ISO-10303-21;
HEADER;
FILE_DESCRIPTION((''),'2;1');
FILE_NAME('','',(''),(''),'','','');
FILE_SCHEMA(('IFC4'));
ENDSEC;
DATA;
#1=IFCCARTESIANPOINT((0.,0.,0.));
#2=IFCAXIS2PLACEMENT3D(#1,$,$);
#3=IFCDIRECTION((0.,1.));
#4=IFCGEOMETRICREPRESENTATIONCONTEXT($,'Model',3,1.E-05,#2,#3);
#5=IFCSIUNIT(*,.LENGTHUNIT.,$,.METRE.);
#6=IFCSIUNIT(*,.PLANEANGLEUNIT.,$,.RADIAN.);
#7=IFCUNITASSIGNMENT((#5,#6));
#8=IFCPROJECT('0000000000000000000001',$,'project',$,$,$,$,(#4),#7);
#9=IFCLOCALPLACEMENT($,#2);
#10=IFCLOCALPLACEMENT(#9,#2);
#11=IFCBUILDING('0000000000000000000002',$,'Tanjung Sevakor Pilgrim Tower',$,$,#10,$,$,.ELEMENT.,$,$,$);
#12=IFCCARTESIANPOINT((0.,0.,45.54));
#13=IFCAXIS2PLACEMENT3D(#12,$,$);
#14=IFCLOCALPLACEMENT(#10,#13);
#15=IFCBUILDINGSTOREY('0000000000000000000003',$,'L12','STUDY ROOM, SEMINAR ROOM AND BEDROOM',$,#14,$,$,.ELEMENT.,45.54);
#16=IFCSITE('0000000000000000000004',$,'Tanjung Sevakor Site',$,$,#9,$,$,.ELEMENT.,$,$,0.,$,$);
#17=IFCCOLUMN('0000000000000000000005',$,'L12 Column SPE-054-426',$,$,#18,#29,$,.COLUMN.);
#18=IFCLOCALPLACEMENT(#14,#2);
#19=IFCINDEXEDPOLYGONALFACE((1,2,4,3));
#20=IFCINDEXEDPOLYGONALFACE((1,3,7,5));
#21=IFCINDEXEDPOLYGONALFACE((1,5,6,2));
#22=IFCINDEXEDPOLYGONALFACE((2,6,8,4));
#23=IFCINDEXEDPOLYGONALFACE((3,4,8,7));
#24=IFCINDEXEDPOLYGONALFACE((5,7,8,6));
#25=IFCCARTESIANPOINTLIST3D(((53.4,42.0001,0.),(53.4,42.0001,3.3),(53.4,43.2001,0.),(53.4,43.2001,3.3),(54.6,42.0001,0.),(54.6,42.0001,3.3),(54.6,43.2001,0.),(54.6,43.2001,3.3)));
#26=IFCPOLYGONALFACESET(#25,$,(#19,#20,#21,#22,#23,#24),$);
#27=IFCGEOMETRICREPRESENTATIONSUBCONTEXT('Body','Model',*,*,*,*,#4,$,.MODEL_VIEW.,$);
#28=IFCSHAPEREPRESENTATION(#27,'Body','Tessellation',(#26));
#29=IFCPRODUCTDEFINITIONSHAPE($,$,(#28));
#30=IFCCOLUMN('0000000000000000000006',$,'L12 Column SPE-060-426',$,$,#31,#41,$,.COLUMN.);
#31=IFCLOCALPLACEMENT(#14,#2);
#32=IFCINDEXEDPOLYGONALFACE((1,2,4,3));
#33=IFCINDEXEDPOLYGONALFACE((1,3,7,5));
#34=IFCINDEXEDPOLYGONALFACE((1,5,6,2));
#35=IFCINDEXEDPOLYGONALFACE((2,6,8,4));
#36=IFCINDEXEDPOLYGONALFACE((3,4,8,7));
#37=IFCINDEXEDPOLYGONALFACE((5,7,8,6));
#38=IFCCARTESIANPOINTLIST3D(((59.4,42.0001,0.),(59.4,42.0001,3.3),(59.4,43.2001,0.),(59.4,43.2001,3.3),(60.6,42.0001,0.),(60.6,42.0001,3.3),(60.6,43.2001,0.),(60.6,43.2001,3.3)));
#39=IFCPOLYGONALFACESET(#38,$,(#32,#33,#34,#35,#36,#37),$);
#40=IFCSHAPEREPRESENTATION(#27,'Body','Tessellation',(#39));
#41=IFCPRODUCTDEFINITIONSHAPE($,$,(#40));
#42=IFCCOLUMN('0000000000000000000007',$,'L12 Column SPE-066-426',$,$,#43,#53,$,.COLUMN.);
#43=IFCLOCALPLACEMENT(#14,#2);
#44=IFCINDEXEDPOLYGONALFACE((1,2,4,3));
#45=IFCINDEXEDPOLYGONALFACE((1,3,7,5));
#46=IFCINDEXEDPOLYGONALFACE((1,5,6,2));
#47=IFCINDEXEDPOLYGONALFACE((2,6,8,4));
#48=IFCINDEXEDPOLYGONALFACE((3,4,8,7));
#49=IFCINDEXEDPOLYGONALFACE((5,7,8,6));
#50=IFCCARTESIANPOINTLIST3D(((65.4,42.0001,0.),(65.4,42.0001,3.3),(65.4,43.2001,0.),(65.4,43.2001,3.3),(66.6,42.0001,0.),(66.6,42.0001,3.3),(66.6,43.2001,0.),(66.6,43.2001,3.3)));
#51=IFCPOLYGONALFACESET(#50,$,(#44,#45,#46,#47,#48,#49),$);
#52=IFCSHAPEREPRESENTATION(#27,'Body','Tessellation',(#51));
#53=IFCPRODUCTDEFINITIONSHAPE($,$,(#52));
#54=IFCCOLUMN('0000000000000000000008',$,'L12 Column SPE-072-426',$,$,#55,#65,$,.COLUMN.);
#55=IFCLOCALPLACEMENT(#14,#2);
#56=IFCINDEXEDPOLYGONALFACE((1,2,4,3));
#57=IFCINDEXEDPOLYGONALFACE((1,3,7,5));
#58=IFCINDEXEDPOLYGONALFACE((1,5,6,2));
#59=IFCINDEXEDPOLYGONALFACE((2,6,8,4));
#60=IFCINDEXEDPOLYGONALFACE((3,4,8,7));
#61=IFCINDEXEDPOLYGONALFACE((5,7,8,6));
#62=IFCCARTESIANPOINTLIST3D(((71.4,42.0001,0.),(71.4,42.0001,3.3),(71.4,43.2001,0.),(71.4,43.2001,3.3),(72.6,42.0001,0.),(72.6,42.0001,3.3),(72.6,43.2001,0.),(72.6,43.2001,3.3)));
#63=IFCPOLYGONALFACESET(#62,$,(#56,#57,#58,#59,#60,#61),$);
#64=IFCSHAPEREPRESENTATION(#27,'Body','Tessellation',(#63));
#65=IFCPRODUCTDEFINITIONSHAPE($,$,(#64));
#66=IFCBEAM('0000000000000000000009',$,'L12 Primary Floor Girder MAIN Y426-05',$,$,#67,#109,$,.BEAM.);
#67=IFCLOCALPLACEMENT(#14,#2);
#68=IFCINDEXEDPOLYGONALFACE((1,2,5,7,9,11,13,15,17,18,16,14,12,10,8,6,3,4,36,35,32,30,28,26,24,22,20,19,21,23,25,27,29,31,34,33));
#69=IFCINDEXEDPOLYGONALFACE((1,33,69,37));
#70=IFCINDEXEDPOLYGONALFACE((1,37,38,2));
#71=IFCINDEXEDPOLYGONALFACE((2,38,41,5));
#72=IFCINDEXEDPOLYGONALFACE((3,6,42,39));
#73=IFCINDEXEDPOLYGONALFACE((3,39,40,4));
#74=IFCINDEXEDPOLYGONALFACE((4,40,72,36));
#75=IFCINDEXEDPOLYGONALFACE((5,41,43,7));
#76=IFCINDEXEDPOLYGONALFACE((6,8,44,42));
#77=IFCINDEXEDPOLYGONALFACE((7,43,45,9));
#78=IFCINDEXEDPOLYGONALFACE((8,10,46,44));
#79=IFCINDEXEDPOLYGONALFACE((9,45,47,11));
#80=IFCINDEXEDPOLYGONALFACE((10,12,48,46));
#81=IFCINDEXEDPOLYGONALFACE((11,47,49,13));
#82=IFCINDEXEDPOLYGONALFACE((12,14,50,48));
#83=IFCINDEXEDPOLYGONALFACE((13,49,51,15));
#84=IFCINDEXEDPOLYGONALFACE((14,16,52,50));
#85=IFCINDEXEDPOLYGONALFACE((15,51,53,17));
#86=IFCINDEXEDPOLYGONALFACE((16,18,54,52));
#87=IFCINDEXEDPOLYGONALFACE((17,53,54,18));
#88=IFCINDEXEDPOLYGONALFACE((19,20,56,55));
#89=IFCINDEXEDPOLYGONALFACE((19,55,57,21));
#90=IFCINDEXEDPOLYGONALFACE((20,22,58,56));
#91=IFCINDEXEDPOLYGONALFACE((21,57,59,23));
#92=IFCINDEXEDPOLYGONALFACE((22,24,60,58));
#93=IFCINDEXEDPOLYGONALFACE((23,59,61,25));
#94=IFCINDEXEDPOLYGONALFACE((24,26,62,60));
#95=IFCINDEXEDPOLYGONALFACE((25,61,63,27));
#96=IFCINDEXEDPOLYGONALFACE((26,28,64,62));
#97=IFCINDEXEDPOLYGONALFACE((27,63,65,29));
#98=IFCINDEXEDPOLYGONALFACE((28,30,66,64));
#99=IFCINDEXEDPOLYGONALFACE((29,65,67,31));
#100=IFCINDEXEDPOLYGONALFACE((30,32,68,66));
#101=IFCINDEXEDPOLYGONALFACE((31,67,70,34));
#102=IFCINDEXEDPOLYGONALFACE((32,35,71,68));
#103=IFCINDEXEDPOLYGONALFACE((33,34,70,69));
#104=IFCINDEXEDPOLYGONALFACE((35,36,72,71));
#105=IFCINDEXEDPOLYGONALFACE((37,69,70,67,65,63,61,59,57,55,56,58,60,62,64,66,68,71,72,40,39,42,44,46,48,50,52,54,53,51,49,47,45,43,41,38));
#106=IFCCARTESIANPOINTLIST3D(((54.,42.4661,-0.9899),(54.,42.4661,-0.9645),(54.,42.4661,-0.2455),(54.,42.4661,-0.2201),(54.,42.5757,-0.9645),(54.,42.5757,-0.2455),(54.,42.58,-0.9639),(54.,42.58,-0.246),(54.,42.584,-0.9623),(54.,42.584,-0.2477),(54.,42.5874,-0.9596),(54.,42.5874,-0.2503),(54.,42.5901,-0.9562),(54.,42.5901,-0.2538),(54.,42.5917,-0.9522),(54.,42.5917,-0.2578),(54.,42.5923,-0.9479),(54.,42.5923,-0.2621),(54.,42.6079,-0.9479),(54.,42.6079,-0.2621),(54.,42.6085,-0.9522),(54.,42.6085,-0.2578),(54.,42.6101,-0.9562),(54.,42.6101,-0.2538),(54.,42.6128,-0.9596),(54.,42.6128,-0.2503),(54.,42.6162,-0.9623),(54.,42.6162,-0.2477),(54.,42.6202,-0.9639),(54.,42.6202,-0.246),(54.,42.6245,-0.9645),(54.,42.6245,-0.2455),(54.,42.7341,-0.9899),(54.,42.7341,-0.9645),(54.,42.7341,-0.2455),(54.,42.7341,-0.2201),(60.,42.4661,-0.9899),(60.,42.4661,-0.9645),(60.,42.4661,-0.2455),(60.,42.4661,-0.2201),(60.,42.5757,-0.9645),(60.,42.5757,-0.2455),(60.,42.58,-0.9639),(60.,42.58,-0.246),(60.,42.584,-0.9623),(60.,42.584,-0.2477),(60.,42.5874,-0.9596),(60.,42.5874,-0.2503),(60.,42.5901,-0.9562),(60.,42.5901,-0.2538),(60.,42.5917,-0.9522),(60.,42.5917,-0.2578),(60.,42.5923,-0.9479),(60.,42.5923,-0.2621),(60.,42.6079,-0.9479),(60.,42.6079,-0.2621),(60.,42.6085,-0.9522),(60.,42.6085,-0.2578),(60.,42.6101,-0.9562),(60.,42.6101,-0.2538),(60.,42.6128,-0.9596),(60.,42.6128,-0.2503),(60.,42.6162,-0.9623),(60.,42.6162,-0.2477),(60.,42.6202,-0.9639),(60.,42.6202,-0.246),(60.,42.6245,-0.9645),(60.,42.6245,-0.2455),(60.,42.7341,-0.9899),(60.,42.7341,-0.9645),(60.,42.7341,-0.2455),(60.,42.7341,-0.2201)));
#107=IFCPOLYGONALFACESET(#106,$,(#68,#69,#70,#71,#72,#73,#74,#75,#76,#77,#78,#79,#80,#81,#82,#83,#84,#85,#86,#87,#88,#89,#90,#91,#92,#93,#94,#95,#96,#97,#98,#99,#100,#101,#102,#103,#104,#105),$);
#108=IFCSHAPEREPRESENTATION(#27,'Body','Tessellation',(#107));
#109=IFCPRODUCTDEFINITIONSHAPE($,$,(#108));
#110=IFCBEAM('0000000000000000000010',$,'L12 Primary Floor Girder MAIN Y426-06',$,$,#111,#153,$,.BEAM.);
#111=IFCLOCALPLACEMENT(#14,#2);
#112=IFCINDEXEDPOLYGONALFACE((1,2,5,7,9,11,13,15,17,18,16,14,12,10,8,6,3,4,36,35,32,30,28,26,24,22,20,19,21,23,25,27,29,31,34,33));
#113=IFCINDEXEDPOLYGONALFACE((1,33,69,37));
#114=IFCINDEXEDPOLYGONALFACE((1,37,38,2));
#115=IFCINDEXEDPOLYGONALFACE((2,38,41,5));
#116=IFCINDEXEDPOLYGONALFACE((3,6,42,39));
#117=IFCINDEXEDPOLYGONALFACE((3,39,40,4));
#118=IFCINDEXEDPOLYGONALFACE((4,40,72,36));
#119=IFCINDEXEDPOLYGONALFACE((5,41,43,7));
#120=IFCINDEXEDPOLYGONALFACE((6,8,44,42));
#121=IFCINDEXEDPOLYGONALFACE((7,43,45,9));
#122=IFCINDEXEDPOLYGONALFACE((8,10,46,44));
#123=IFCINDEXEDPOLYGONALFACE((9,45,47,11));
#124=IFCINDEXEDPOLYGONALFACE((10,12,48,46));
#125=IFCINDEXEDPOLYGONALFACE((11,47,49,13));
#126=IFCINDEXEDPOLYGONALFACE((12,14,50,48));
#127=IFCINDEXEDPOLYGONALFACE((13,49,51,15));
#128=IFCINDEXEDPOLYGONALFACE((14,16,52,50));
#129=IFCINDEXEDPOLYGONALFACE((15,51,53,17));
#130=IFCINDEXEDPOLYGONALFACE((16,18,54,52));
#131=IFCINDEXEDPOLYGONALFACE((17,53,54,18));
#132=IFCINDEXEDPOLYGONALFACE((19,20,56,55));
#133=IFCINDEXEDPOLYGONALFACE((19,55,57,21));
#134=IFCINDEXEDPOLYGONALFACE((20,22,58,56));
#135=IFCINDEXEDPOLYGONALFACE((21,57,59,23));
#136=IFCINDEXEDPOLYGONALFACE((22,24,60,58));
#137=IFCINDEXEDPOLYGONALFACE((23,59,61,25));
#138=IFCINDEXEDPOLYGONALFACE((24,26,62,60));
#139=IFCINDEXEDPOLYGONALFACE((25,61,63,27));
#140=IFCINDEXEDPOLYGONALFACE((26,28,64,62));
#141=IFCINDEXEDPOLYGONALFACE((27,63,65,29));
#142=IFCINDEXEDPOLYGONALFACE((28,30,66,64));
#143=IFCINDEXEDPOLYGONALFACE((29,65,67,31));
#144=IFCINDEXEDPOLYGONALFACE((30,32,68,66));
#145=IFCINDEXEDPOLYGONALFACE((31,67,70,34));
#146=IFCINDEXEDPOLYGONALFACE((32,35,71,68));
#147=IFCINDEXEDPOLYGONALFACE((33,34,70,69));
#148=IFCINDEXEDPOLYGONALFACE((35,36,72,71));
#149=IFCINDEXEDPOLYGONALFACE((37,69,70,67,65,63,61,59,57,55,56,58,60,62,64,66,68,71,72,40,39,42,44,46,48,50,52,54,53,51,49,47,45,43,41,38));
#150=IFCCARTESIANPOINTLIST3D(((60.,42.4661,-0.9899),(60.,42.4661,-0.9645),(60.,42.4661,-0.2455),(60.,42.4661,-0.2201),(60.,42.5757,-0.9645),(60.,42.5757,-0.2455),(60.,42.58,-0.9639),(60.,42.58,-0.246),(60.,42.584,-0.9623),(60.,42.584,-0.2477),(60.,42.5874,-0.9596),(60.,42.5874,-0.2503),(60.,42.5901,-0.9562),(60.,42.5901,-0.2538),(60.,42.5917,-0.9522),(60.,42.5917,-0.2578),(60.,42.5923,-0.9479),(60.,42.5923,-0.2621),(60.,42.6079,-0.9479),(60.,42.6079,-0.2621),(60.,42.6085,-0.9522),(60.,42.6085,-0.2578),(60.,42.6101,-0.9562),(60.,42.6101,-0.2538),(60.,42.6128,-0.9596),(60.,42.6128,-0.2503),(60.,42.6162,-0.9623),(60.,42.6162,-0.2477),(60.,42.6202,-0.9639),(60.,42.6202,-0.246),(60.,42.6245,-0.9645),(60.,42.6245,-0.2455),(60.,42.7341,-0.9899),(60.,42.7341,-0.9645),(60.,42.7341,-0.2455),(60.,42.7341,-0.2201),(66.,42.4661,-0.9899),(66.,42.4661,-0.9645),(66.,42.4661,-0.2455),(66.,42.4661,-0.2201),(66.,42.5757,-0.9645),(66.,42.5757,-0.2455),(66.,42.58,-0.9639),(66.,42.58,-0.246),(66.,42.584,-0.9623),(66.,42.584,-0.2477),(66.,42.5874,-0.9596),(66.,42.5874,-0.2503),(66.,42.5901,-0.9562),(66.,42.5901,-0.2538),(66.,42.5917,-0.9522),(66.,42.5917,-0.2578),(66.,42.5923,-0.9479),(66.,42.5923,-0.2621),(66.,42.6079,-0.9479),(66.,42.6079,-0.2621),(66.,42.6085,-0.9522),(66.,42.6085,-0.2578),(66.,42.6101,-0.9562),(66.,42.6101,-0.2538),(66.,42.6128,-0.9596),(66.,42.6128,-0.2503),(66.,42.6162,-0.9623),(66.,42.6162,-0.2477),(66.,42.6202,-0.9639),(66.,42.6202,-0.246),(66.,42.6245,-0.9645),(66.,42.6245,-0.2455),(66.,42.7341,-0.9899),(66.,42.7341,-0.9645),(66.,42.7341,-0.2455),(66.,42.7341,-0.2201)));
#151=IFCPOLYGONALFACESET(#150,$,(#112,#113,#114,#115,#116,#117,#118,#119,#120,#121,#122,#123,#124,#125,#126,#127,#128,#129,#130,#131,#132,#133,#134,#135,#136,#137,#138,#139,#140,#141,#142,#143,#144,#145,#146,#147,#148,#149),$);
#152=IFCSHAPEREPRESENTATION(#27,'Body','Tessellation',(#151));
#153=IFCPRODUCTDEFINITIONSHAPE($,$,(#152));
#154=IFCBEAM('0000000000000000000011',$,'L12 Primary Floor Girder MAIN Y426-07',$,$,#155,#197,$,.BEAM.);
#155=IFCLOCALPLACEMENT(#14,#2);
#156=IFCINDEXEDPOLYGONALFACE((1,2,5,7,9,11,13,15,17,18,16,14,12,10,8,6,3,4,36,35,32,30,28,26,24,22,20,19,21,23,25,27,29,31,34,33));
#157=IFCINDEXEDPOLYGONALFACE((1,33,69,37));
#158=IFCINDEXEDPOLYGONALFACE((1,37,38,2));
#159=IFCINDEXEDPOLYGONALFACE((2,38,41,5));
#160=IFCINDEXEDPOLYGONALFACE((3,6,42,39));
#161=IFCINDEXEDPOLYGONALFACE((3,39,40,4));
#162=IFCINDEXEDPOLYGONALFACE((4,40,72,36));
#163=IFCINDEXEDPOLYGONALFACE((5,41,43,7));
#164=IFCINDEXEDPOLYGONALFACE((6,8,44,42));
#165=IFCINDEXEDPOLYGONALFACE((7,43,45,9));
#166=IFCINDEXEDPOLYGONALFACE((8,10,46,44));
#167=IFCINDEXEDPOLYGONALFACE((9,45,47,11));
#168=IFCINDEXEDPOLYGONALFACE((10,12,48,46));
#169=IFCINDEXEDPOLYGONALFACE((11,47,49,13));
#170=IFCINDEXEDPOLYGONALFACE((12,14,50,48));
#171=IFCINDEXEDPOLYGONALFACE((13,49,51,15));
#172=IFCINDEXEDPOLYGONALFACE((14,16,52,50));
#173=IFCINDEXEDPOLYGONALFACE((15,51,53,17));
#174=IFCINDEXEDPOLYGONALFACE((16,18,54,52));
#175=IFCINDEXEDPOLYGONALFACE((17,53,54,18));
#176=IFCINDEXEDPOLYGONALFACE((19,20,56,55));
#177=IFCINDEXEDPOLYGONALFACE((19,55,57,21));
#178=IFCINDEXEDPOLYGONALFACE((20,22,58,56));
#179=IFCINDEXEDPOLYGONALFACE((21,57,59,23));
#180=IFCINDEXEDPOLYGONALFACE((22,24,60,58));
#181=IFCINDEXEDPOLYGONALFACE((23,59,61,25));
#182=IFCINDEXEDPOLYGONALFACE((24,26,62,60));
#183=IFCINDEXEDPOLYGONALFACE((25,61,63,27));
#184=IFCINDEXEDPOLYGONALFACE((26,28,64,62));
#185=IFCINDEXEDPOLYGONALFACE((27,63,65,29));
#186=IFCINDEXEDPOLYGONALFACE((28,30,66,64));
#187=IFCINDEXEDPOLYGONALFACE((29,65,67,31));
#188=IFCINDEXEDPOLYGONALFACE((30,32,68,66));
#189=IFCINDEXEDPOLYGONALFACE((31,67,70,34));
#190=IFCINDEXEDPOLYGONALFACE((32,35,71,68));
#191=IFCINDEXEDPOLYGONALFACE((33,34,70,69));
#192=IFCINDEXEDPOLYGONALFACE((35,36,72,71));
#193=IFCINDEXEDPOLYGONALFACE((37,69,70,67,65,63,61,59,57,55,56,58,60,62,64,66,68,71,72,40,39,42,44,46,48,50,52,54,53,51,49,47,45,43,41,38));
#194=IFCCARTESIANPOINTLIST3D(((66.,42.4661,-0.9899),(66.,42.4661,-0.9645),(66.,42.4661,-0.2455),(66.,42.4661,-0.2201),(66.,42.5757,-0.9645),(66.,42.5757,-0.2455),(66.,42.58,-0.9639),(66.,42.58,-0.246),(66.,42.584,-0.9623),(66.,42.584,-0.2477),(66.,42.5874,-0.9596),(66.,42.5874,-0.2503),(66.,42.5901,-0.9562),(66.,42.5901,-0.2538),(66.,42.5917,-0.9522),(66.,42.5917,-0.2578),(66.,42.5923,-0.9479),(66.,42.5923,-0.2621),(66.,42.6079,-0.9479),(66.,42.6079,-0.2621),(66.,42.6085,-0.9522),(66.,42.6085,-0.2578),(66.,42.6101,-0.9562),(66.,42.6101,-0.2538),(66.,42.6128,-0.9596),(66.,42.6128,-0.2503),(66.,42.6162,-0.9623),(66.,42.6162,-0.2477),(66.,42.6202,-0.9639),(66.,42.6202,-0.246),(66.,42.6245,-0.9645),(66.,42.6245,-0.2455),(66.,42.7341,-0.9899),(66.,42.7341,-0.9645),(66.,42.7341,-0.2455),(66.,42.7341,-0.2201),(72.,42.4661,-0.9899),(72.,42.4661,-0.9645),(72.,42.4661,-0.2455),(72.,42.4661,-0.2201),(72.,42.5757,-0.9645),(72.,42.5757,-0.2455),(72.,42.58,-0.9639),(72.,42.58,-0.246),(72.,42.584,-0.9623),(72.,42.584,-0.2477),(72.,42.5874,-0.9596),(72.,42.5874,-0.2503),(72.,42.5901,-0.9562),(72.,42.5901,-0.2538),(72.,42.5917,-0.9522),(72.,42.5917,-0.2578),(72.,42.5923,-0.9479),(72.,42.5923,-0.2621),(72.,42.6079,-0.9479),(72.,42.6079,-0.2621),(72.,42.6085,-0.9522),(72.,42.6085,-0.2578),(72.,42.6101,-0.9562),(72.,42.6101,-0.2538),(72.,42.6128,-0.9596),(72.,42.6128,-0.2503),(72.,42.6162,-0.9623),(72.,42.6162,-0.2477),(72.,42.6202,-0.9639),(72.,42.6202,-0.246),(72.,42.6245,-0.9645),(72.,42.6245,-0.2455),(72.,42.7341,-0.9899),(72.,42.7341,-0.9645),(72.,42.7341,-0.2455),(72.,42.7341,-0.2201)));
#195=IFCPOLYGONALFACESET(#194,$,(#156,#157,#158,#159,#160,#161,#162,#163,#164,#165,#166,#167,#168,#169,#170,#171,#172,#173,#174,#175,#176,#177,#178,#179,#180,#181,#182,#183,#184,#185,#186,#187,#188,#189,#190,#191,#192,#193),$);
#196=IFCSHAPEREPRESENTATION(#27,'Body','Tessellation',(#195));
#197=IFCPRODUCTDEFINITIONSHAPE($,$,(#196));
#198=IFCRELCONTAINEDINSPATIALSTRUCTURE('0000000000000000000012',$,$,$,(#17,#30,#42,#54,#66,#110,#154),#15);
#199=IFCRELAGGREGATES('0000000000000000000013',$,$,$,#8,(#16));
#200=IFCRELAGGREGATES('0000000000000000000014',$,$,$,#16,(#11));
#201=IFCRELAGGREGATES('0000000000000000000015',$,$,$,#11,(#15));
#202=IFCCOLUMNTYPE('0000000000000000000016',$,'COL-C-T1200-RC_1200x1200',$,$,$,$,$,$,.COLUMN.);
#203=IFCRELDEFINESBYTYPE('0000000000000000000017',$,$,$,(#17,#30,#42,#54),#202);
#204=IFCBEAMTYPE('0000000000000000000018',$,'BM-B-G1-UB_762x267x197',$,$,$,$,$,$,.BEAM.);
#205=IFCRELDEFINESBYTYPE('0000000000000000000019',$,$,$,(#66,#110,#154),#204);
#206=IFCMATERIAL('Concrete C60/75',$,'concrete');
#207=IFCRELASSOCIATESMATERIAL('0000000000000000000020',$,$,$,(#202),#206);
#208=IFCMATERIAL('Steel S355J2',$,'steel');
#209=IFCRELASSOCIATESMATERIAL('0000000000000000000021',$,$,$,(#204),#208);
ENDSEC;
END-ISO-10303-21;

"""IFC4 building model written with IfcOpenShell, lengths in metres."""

from ifc_helpers import new_model, si_unit, direction, frame, origin, origin_2d, place, context, subcontext, project, spatial, rectangle, i_section, extrude, material, material_profile, profile_set, type_object, element, save


model = new_model("IFC4")

# Units and contexts
model_context = context("Model", 3, precision=1e-05, world=origin(), true_north=direction((0.0, 1.0)))
body_context = subcontext(model_context, "Body", "Model", "MODEL_VIEW")
ifc_project = project(units=[si_unit("LENGTHUNIT", "METRE"), si_unit("PLANEANGLEUNIT", "RADIAN")], contexts=[model_context])

# Site, building, storey
site_placement = place(None, origin())
site = spatial("IfcSite", under=ifc_project, at=site_placement, Name="Tanjung Sevakor Site", CompositionType="ELEMENT", RefElevation=0.0)
building_placement = place(site_placement, origin())
building = spatial("IfcBuilding", under=site, at=building_placement, Name="Tanjung Sevakor Pilgrim Tower", CompositionType="ELEMENT")
storey_placement = place(building_placement, frame((0.0, 0.0, 45.54)))
storey = spatial("IfcBuildingStorey", under=building, at=storey_placement, Name="L12", Description="STUDY ROOM, SEMINAR ROOM AND BEDROOM", CompositionType="ELEMENT", Elevation=45.54)

# Columns
ifc_material_1 = material(Name="Concrete C60/75", Category="concrete")
ifc_material_profile_1 = material_profile(ifc_material_1, rectangle(XDim=1.2, YDim=1.2, at=origin_2d()))
ifc_profile_set_1 = profile_set([ifc_material_profile_1], Name="Concrete C60/75")
column_type = type_object("IfcColumnType", Name="COL-C-T1200-RC_1200x1200", PredefinedType="COLUMN", material=ifc_profile_set_1)
for number, where, z_axis, x_axis, name in (
    (1, (54.0, 42.6001, 0.0), (0.0, 0.0, 1.0), (1.0, 0.0, 0.0), "L12 Column SPE-054-426"),
    (2, (60.0, 42.6001, 0.0), (0.0, 0.0, 1.0), (1.0, 0.0, 0.0), "L12 Column SPE-060-426"),
    (3, (66.0, 42.6001, 0.0), (0.0, 0.0, 1.0), (1.0, 0.0, 0.0), "L12 Column SPE-066-426"),
    (4, (72.0, 42.6001, 0.0), (0.0, 0.0, 1.0), (1.0, 0.0, 0.0), "L12 Column SPE-072-426"),
):
    element("IfcColumn", number, at=place(storey_placement, frame(where, z_axis=z_axis, x_axis=x_axis)), inside=storey, type_object=column_type, Name=name, PredefinedType="COLUMN", context=body_context, shape_type="SweptSolid", body=[
        extrude(rectangle(XDim=1.2, YDim=1.2, at=origin_2d()), origin(), (0.0, 0.0, 1.0), 3.3),
    ])

# Beams
ifc_material_2 = material(Name="Steel S355J2", Category="steel")
ifc_material_profile_2 = material_profile(ifc_material_2, i_section(OverallWidth=0.2681, OverallDepth=0.7698, WebThickness=0.0156, FlangeThickness=0.0254, FilletRadius=0.0166, at=origin_2d()))
ifc_profile_set_2 = profile_set([ifc_material_profile_2], Name="Steel S355J2")
beam_type_1 = type_object("IfcBeamType", Name="BM-B-G1-UB_762x267x197", PredefinedType="BEAM", material=ifc_profile_set_2)
for number, where, z_axis, x_axis, name in (
    (5, (54.0, 42.6001, -0.605), (1.0, 0.0, 0.0), (0.0, 1.0, 0.0), "L12 Primary Floor Girder MAIN Y426-05"),
    (6, (60.0, 42.6001, -0.605), (1.0, 0.0, 0.0), (0.0, 1.0, 0.0), "L12 Primary Floor Girder MAIN Y426-06"),
    (7, (66.0, 42.6001, -0.605), (1.0, 0.0, 0.0), (0.0, 1.0, 0.0), "L12 Primary Floor Girder MAIN Y426-07"),
):
    element("IfcBeam", number, at=place(storey_placement, frame(where, z_axis=z_axis, x_axis=x_axis)), inside=storey, type_object=beam_type_1, Name=name, PredefinedType="BEAM", context=body_context, shape_type="SweptSolid", body=[
        extrude(i_section(OverallWidth=0.2681, OverallDepth=0.7698, WebThickness=0.0156, FlangeThickness=0.0254, FilletRadius=0.0166, at=origin_2d()), origin(), (0.0, 0.0, 1.0), 6.0),
    ])

save(model, "model.ifc")
